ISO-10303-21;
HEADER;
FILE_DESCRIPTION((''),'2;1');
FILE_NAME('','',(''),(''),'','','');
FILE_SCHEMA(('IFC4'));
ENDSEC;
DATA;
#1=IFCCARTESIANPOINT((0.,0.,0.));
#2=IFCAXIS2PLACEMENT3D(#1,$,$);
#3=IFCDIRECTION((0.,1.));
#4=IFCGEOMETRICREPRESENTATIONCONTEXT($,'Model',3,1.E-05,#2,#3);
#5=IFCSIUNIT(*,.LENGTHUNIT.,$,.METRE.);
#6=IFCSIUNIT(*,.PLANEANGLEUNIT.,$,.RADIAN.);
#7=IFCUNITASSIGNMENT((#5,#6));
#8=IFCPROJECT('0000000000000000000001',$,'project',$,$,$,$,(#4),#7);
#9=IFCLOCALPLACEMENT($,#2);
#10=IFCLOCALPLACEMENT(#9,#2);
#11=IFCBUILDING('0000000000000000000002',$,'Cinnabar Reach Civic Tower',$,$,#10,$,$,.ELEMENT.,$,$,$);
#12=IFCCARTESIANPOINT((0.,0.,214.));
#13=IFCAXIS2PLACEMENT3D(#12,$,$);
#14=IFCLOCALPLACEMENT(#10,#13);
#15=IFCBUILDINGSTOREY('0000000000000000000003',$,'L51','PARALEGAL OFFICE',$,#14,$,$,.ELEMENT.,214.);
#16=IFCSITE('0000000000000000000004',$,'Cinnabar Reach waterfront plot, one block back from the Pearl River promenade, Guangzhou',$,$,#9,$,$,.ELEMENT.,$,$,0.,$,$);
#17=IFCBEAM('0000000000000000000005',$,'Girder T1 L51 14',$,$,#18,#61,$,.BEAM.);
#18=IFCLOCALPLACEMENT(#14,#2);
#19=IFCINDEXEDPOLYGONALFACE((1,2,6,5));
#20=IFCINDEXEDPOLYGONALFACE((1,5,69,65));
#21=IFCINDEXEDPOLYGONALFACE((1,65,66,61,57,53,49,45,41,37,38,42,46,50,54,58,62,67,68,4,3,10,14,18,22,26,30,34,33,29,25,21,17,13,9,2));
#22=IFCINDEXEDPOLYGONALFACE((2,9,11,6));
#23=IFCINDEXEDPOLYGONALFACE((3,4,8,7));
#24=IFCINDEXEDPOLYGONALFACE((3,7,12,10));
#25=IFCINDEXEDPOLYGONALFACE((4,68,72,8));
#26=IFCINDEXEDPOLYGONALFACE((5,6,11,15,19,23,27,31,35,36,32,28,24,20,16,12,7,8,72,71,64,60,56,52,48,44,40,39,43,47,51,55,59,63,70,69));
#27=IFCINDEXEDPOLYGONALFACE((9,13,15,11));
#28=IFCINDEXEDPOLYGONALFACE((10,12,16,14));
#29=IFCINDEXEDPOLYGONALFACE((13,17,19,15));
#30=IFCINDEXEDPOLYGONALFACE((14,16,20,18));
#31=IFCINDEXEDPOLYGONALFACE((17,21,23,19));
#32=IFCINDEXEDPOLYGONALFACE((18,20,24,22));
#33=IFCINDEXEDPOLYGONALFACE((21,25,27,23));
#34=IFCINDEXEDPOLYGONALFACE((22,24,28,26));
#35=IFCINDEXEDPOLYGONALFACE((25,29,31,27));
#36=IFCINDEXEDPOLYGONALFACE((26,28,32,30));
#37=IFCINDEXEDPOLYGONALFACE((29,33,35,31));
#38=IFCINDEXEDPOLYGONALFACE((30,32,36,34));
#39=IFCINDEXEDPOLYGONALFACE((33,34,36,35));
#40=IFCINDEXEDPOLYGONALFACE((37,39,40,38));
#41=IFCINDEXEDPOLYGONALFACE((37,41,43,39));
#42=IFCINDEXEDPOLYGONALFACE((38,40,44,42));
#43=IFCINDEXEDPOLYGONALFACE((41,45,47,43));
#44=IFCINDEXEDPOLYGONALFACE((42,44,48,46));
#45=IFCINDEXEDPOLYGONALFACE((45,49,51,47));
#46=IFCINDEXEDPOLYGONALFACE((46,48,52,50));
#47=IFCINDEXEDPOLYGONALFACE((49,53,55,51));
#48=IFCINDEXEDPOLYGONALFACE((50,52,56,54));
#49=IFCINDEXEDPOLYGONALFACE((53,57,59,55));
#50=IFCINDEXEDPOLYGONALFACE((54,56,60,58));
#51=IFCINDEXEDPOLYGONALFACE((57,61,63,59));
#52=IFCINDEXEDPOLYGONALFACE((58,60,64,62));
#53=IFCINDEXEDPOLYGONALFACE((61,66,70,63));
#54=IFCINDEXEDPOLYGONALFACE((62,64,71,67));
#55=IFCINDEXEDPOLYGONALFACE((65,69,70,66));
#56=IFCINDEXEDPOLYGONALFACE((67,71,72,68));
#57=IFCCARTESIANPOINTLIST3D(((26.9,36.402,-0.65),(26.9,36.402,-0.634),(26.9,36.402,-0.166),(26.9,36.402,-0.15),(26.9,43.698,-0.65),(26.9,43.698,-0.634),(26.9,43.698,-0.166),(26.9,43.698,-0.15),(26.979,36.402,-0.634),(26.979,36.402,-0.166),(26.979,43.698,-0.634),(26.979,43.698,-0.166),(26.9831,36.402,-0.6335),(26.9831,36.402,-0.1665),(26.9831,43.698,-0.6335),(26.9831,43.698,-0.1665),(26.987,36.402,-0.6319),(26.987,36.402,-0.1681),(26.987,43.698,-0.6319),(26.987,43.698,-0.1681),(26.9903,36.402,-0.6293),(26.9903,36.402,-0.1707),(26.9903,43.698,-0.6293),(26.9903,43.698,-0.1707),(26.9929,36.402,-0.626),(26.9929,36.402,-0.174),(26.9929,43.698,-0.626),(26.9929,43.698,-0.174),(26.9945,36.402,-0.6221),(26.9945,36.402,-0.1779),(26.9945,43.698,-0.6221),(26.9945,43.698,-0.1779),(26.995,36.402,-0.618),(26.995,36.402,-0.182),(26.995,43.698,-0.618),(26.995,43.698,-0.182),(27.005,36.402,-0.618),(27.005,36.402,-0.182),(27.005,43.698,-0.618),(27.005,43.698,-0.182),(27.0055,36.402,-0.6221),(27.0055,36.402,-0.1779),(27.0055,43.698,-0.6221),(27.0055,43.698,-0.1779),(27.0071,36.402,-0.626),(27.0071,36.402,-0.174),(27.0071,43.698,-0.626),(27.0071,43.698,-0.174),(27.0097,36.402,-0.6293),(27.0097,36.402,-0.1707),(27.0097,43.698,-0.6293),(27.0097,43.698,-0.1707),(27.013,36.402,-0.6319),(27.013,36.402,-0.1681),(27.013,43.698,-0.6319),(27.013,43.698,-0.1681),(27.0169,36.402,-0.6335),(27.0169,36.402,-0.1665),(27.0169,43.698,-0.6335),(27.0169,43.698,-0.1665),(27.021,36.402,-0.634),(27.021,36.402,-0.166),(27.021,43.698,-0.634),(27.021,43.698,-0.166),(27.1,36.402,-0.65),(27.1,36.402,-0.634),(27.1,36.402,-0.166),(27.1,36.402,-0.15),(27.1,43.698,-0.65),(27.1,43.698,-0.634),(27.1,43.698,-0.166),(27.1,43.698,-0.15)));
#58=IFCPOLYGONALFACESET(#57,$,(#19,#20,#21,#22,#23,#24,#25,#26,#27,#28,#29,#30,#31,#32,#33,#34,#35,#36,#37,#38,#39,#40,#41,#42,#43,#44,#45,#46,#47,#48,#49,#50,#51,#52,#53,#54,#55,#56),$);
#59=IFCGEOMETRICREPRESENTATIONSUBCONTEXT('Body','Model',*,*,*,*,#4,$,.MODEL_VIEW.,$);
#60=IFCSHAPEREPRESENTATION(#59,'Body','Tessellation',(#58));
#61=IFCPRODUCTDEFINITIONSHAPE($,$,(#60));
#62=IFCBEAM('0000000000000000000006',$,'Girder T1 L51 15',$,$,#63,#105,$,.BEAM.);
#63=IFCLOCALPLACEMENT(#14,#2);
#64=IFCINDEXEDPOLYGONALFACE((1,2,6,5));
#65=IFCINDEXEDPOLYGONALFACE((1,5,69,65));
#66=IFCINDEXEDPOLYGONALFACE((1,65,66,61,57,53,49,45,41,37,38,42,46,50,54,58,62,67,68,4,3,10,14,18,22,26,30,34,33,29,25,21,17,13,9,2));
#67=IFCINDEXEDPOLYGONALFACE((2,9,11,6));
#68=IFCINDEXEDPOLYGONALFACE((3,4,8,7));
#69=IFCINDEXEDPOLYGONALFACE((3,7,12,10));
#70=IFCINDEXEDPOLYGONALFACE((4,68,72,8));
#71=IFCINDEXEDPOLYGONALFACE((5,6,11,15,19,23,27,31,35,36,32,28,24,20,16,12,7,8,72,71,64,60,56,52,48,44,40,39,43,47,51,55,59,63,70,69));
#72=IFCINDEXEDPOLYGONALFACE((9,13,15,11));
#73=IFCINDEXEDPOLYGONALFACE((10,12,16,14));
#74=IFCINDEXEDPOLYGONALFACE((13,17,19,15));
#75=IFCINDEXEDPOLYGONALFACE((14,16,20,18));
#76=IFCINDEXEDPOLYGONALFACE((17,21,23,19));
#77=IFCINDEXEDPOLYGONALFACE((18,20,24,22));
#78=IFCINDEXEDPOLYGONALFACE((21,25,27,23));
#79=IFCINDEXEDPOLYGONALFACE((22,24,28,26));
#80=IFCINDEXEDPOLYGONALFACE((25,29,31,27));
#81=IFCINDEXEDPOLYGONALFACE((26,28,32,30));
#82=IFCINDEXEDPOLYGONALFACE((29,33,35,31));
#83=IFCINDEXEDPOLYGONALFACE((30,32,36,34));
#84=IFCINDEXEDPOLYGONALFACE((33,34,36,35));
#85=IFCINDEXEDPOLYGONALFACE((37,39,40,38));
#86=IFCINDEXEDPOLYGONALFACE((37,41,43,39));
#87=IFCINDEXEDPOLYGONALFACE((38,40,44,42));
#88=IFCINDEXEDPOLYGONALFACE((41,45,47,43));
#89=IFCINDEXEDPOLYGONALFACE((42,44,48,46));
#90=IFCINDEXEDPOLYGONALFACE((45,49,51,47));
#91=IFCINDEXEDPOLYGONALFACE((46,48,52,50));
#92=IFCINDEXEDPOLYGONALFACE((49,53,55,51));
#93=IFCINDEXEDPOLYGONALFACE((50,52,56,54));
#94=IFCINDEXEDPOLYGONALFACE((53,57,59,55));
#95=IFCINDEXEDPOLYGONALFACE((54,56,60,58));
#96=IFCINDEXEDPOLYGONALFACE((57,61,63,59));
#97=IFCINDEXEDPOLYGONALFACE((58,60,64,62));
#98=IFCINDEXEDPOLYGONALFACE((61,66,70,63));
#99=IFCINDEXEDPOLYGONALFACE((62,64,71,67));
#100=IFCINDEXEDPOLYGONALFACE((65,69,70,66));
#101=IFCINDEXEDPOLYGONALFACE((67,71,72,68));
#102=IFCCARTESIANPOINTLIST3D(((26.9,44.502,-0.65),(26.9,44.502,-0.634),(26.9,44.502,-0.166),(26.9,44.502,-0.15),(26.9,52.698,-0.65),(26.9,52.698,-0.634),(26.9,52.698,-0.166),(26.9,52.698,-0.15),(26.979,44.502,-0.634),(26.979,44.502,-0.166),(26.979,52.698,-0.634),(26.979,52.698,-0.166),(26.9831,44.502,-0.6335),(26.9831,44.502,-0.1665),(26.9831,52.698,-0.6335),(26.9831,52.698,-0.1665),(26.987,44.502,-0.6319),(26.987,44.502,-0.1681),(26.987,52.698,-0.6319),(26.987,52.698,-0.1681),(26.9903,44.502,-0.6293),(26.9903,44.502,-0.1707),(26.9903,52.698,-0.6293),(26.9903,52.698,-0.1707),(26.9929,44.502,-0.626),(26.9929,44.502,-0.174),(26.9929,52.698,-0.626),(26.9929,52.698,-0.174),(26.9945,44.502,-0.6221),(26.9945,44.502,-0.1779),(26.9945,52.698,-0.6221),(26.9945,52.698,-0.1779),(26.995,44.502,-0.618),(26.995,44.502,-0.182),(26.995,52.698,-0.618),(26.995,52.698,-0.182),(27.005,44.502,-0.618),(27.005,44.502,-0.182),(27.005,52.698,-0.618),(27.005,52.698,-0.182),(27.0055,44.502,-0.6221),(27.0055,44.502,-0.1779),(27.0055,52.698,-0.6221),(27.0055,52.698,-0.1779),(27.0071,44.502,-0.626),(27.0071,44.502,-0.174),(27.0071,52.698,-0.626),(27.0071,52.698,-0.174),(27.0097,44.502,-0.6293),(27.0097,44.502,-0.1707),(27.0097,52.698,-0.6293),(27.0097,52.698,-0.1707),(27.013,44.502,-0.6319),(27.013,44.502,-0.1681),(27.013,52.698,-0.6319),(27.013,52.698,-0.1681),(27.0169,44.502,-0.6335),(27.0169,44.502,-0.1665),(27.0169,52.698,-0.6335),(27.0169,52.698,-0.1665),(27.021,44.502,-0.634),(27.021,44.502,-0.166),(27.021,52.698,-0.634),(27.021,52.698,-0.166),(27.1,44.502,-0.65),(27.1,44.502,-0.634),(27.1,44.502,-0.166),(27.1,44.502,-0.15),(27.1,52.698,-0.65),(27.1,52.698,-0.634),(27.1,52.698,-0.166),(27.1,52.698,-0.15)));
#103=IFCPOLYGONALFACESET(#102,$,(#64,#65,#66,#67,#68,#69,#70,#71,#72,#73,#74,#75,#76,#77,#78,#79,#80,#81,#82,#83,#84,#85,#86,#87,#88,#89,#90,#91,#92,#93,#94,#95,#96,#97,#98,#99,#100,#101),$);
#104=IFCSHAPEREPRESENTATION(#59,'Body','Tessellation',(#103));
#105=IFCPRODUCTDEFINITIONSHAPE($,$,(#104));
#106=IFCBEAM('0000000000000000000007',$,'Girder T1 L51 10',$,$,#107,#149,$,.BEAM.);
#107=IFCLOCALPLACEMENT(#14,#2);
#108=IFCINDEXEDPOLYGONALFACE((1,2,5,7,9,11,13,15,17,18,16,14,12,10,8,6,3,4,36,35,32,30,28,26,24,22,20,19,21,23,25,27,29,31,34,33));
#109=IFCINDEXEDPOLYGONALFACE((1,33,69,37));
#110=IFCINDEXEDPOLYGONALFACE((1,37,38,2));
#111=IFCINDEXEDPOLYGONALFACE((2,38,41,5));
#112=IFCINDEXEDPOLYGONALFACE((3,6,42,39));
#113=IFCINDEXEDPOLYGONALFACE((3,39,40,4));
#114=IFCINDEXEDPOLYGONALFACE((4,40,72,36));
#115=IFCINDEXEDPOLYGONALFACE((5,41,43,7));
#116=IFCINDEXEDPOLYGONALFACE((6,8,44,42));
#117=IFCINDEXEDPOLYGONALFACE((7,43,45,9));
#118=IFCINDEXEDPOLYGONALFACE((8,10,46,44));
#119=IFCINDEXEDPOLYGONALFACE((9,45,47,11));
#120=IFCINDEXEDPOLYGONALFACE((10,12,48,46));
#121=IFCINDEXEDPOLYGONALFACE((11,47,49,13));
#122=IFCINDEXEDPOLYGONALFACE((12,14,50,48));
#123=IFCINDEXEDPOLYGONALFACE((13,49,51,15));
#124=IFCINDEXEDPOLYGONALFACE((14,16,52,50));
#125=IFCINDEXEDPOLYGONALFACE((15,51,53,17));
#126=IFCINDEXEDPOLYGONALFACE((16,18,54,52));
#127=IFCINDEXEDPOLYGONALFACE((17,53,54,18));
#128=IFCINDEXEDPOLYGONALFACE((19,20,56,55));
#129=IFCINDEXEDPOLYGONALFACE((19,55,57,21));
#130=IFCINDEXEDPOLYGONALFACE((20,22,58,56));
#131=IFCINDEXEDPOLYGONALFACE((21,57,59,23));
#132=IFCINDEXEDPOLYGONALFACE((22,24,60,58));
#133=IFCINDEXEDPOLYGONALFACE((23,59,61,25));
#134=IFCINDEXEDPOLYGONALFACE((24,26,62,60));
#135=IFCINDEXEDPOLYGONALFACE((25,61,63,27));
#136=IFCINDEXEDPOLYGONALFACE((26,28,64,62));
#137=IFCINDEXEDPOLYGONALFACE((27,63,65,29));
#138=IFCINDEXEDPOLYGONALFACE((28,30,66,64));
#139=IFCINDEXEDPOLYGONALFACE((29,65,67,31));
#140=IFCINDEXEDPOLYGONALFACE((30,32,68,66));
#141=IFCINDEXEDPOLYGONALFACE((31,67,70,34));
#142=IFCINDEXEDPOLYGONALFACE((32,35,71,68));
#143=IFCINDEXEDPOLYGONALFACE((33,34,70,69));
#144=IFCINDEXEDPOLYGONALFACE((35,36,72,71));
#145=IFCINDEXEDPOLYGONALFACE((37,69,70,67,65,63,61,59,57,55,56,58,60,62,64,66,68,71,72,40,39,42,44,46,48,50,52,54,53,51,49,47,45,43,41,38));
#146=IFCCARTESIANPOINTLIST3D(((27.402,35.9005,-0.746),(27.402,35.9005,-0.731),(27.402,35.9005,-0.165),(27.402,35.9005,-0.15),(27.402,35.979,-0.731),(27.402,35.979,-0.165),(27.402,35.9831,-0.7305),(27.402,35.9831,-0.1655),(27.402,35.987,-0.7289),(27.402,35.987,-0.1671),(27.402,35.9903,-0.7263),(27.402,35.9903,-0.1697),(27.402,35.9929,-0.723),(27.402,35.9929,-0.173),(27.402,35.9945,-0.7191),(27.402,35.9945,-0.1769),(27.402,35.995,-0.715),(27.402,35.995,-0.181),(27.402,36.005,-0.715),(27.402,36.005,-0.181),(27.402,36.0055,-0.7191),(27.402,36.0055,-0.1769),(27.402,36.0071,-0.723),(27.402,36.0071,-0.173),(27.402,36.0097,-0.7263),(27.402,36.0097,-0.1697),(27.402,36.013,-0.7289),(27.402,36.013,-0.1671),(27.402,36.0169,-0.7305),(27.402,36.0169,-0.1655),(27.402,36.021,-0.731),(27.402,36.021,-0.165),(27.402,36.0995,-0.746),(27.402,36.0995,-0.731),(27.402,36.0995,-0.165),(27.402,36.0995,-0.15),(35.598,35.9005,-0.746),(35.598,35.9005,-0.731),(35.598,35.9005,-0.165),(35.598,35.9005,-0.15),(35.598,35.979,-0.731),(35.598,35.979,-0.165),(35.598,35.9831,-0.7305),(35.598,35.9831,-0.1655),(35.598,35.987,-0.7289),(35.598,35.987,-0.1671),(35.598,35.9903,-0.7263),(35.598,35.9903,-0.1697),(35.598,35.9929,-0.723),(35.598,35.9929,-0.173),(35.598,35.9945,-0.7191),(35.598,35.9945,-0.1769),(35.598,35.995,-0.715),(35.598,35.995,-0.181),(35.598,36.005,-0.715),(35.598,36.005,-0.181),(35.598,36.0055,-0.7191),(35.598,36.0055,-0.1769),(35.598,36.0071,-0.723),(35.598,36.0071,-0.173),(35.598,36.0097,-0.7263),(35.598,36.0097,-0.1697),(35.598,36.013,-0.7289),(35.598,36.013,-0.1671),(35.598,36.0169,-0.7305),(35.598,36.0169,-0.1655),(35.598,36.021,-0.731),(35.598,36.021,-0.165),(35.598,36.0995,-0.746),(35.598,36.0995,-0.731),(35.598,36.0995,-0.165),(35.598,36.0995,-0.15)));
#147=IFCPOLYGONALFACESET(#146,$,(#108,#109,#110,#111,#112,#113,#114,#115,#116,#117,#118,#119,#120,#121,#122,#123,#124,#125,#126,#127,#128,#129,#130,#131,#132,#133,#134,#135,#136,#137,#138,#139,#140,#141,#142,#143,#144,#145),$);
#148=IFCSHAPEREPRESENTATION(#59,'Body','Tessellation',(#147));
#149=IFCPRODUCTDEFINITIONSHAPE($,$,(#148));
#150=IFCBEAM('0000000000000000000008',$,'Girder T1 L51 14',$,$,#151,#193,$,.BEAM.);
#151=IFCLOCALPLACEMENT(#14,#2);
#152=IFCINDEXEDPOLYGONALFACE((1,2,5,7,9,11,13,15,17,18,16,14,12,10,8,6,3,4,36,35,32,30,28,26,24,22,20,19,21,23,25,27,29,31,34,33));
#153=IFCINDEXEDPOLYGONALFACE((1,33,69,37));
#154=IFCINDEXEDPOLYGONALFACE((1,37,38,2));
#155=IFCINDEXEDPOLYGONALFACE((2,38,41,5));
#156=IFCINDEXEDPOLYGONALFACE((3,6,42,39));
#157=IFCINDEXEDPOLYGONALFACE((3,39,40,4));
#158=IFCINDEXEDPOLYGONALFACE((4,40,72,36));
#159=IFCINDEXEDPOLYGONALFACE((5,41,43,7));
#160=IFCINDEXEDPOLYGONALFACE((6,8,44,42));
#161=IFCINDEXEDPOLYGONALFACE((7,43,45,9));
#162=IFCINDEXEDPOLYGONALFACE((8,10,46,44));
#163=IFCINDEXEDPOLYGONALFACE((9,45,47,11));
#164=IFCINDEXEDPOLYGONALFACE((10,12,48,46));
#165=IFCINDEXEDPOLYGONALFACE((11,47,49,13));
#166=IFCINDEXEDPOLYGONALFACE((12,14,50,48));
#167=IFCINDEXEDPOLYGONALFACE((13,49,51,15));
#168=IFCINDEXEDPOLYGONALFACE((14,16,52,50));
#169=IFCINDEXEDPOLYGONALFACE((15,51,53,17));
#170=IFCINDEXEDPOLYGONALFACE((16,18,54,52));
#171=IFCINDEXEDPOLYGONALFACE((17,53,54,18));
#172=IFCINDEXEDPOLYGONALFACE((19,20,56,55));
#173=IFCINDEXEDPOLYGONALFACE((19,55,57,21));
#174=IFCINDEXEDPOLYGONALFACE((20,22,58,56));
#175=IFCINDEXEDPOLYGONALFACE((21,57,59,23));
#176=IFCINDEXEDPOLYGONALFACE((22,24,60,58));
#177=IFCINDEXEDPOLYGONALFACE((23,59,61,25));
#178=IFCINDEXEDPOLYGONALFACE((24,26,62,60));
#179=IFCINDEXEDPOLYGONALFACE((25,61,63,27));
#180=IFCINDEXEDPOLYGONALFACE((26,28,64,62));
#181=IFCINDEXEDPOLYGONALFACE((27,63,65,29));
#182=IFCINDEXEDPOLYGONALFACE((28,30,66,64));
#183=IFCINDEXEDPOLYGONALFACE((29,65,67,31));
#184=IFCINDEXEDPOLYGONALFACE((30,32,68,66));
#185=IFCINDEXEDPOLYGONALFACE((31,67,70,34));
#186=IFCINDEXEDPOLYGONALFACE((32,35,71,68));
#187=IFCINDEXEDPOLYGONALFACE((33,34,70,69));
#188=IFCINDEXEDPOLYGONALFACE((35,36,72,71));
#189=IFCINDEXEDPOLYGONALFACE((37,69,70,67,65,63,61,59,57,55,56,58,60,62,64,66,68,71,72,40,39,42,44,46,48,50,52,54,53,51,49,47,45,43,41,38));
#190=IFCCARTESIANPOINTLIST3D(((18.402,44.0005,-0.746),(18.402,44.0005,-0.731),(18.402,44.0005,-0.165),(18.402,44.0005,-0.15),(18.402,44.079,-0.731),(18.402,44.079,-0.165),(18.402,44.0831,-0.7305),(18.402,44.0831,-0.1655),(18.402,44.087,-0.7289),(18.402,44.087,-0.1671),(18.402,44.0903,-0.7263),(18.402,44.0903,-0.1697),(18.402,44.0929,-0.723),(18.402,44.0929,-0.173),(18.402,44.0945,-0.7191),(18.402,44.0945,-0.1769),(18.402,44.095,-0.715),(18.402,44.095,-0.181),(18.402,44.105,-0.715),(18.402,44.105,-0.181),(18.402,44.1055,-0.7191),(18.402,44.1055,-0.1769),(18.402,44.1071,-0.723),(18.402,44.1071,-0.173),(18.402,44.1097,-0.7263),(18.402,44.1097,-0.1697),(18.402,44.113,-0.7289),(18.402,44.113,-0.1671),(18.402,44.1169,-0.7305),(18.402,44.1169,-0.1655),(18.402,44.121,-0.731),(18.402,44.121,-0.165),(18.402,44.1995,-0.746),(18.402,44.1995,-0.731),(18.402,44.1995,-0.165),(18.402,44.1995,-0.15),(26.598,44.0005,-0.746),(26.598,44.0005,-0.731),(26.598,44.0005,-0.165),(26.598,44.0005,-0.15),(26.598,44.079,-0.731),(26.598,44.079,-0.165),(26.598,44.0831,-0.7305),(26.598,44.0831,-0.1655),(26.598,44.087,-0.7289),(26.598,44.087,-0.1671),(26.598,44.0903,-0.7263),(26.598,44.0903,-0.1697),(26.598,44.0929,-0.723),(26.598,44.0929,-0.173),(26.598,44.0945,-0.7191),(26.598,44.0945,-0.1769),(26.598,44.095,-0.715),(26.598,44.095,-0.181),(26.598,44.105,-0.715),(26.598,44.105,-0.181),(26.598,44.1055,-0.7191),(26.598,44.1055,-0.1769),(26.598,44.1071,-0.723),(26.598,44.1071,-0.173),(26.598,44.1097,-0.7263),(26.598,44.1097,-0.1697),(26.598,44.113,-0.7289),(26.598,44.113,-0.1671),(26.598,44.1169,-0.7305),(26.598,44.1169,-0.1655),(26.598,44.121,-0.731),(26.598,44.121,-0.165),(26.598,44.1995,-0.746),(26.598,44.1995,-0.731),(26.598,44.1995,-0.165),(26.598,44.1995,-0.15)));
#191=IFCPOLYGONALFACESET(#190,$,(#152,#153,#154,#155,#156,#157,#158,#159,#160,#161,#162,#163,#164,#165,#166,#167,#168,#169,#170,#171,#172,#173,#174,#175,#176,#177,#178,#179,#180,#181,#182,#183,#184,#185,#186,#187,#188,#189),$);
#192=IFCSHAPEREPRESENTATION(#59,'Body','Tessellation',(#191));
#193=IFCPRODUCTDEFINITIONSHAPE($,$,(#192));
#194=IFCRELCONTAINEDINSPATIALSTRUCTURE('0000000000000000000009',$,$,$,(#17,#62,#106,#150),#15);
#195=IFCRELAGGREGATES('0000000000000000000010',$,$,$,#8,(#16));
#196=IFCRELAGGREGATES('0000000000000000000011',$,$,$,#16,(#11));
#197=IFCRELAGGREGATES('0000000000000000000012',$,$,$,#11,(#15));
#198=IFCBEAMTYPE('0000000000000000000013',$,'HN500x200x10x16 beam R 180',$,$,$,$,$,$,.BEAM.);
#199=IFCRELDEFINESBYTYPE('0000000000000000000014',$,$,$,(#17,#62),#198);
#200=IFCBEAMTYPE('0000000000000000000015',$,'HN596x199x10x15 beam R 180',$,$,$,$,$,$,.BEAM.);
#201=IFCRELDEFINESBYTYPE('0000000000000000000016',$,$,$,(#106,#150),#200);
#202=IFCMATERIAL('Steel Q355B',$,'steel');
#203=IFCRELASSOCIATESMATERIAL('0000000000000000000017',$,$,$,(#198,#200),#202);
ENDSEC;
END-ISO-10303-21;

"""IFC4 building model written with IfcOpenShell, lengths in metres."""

from ifc_helpers import new_model, si_unit, direction, frame, origin, origin_2d, place, context, subcontext, project, spatial, i_section, extrude, material, material_profile, profile_set, type_object, element, save


model = new_model("IFC4")

# Units and contexts
model_context = context("Model", 3, precision=1e-05, world=origin(), true_north=direction((0.0, 1.0)))
body_context = subcontext(model_context, "Body", "Model", "MODEL_VIEW")
ifc_project = project(units=[si_unit("LENGTHUNIT", "METRE"), si_unit("PLANEANGLEUNIT", "RADIAN")], contexts=[model_context])

# Site, building, storey
site_placement = place(None, origin())
site = spatial("IfcSite", under=ifc_project, at=site_placement, Name="Cinnabar Reach waterfront plot, one block back from the Pearl River promenade, Guangzhou", CompositionType="ELEMENT", RefElevation=0.0)
building_placement = place(site_placement, origin())
building = spatial("IfcBuilding", under=site, at=building_placement, Name="Cinnabar Reach Civic Tower", CompositionType="ELEMENT")
storey_placement = place(building_placement, frame((0.0, 0.0, 214.0)))
storey = spatial("IfcBuildingStorey", under=building, at=storey_placement, Name="L51", Description="PARALEGAL OFFICE", CompositionType="ELEMENT", Elevation=214.0)

# Beams
ifc_material_1 = material(Name="Steel Q355B", Category="steel")
ifc_material_profile_1 = material_profile(ifc_material_1, i_section(OverallWidth=0.2, OverallDepth=0.5, WebThickness=0.01, FlangeThickness=0.016, FilletRadius=0.016, at=origin_2d()), Name="HN500x200x10x16")
ifc_profile_set_1 = profile_set([ifc_material_profile_1], Name="Steel Q355B")
beam_type_1 = type_object("IfcBeamType", Name="HN500x200x10x16 beam R 180", PredefinedType="BEAM", material=ifc_profile_set_1)
beam_1_placement = place(storey_placement, frame((27.0, 36.402, -0.4), z_axis=(0.0, 1.0, 0.0), x_axis=(-1.0, 0.0, 0.0)))
element("IfcBeam", 1, at=beam_1_placement, inside=storey, type_object=beam_type_1, Name="Girder T1 L51 14", PredefinedType="BEAM", context=body_context, shape_type="SweptSolid", body=[
    extrude(i_section(OverallWidth=0.2, OverallDepth=0.5, WebThickness=0.01, FlangeThickness=0.016, FilletRadius=0.016, at=origin_2d()), origin(), (0.0, 0.0, 1.0), 7.296),
])
beam_2_placement = place(storey_placement, frame((27.0, 44.502, -0.4), z_axis=(0.0, 1.0, 0.0), x_axis=(-1.0, 0.0, 0.0)))
element("IfcBeam", 2, at=beam_2_placement, inside=storey, type_object=beam_type_1, Name="Girder T1 L51 15", PredefinedType="BEAM", context=body_context, shape_type="SweptSolid", body=[
    extrude(i_section(OverallWidth=0.2, OverallDepth=0.5, WebThickness=0.01, FlangeThickness=0.016, FilletRadius=0.016, at=origin_2d()), origin(), (0.0, 0.0, 1.0), 8.196),
])
ifc_material_profile_2 = material_profile(ifc_material_1, i_section(OverallWidth=0.199, OverallDepth=0.596, WebThickness=0.01, FlangeThickness=0.015, FilletRadius=0.016, at=origin_2d()), Name="HN596x199x10x15")
ifc_profile_set_2 = profile_set([ifc_material_profile_2], Name="Steel Q355B")
beam_type_2 = type_object("IfcBeamType", Name="HN596x199x10x15 beam R 180", PredefinedType="BEAM", material=ifc_profile_set_2)
for number, where, z_axis, x_axis, name in (
    (3, (27.402, 36.0, -0.448), (1.0, 0.0, 0.0), (0.0, 1.0, 0.0), "Girder T1 L51 10"),
    (4, (18.402, 44.1, -0.448), (1.0, 0.0, 0.0), (0.0, 1.0, 0.0), "Girder T1 L51 14"),
):
    element("IfcBeam", number, at=place(storey_placement, frame(where, z_axis=z_axis, x_axis=x_axis)), inside=storey, type_object=beam_type_2, Name=name, PredefinedType="BEAM", context=body_context, shape_type="SweptSolid", body=[
        extrude(i_section(OverallWidth=0.199, OverallDepth=0.596, WebThickness=0.01, FlangeThickness=0.015, FilletRadius=0.016, at=origin_2d()), origin(), (0.0, 0.0, 1.0), 8.196),
    ])

save(model, "model.ifc")
